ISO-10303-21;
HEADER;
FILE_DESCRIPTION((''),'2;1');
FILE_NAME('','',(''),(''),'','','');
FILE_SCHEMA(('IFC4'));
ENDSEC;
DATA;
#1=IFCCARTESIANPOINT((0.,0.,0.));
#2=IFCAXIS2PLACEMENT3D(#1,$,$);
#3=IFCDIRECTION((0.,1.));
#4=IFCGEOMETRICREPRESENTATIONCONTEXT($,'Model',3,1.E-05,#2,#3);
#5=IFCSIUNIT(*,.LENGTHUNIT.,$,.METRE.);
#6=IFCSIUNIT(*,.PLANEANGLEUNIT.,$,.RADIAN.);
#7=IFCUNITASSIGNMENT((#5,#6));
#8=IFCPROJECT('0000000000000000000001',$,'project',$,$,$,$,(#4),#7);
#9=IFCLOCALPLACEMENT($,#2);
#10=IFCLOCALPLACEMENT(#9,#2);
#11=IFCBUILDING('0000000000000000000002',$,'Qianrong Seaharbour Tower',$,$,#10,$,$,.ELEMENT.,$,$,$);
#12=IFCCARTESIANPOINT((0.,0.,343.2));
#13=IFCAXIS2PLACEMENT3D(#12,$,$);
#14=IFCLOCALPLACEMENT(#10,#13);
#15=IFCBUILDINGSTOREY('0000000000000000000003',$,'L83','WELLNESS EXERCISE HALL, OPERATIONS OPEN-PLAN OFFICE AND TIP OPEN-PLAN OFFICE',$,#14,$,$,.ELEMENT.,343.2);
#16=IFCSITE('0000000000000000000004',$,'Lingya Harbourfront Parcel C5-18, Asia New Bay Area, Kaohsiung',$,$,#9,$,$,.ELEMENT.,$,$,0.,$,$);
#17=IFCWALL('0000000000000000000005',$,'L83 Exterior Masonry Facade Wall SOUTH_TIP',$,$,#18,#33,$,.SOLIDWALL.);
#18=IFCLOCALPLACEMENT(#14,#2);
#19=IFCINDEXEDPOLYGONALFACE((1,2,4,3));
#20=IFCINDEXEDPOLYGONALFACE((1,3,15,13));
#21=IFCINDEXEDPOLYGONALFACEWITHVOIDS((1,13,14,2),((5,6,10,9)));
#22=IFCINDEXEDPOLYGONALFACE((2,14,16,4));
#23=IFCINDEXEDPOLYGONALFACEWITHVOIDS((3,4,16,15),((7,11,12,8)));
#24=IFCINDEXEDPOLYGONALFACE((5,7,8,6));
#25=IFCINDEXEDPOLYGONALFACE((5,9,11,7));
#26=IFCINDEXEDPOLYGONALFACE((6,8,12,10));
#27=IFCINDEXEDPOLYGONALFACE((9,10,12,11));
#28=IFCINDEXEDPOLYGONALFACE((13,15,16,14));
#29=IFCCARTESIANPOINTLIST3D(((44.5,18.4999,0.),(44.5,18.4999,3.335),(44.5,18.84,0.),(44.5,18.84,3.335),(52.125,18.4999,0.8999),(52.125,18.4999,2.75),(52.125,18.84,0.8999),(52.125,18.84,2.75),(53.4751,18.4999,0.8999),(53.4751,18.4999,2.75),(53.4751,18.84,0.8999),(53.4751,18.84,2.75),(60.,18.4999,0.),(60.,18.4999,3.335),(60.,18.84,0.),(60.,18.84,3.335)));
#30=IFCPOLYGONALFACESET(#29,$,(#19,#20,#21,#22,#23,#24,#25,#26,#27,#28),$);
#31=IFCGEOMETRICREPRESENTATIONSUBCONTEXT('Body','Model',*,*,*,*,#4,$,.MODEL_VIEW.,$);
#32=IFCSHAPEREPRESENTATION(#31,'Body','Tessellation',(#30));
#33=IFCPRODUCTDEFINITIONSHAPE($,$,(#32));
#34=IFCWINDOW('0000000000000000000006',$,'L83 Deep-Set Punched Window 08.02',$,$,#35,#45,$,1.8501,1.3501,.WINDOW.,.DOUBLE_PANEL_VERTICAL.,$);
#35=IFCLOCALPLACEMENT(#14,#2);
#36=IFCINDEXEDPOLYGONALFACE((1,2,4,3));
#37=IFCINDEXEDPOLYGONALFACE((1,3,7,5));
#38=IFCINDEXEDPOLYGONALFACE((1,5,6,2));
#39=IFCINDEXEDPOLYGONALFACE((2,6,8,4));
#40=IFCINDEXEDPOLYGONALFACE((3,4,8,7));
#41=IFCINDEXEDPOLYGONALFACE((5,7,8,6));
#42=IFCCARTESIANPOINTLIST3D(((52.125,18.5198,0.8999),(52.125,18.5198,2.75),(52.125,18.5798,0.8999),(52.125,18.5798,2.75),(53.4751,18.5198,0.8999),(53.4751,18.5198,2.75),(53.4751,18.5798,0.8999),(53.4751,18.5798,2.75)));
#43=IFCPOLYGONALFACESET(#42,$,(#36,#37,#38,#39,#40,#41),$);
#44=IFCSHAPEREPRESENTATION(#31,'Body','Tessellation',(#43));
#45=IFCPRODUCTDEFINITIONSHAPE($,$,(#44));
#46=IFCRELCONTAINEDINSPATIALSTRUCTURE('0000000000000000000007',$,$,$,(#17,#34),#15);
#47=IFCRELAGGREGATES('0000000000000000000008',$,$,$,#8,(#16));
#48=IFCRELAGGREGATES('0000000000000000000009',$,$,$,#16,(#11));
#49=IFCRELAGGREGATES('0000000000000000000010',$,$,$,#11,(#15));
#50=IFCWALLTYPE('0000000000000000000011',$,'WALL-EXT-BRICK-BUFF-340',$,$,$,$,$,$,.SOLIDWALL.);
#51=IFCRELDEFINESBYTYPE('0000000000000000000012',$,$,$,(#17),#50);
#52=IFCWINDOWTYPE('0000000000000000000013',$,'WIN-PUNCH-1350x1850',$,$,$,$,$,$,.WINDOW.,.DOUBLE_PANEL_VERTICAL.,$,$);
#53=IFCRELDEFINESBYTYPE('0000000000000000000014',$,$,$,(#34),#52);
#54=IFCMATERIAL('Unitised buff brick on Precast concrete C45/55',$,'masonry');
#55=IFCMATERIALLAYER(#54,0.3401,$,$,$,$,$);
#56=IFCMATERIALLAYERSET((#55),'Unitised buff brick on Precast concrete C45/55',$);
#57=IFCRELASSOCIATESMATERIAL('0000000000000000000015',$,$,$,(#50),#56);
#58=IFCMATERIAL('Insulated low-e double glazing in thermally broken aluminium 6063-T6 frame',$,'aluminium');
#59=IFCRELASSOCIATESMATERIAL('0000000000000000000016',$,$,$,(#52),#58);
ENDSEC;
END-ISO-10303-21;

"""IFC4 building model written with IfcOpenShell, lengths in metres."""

from ifc_helpers import new_model, si_unit, direction, frame, frame_2d, origin, place, context, subcontext, project, spatial, rectangle, extrude, material, layer, layer_set, type_object, element, fill, save


model = new_model("IFC4")

# Units and contexts
model_context = context("Model", 3, precision=1e-05, world=origin(), true_north=direction((0.0, 1.0)))
body_context = subcontext(model_context, "Body", "Model", "MODEL_VIEW")
ifc_project = project(units=[si_unit("LENGTHUNIT", "METRE"), si_unit("PLANEANGLEUNIT", "RADIAN")], contexts=[model_context])

# Site, building, storey
site_placement = place(None, origin())
site = spatial("IfcSite", under=ifc_project, at=site_placement, Name="Lingya Harbourfront Parcel C5-18, Asia New Bay Area, Kaohsiung", CompositionType="ELEMENT", RefElevation=0.0)
building_placement = place(site_placement, origin())
building = spatial("IfcBuilding", under=site, at=building_placement, Name="Qianrong Seaharbour Tower", CompositionType="ELEMENT")
storey_placement = place(building_placement, frame((0.0, 0.0, 343.2)))
storey = spatial("IfcBuildingStorey", under=building, at=storey_placement, Name="L83", Description="WELLNESS EXERCISE HALL, OPERATIONS OPEN-PLAN OFFICE AND TIP OPEN-PLAN OFFICE", CompositionType="ELEMENT", Elevation=343.2)

# Shared definitions
ifc_material_1 = material(Name="Unitised buff brick on Precast concrete C45/55", Category="masonry")
ifc_layer_1 = layer(ifc_material_1, 0.3401)
ifc_layer_set_1 = layer_set([ifc_layer_1], Name="Unitised buff brick on Precast concrete C45/55")
wall_type_1 = type_object("IfcWallType", Name="WALL-EXT-BRICK-BUFF-340", PredefinedType="SOLIDWALL", material=ifc_layer_set_1)
ifc_material_2 = material(Name="Insulated low-e double glazing in thermally broken aluminium 6063-T6 frame", Category="aluminium")
window_type = type_object("IfcWindowType", Name="WIN-PUNCH-1350x1850", PartitioningType="DOUBLE_PANEL_VERTICAL", PredefinedType="WINDOW", material=ifc_material_2)

# Wall, opening, window
wall_1_placement = place(storey_placement, frame((60.0, 18.6699, 0.0), z_axis=(0.0, 0.0, 1.0), x_axis=(-1.0, 0.0, 0.0)))
wall_1 = element("IfcWall", 1, at=wall_1_placement, inside=storey, type_object=wall_type_1, Name="L83 Exterior Masonry Facade Wall SOUTH_TIP", PredefinedType="SOLIDWALL", context=body_context, shape_type="SweptSolid", body=[
    extrude(rectangle(XDim=15.5, YDim=0.3401, at=frame_2d((7.75, 0.0))), origin(), (0.0, 0.0, 1.0), 3.335),
])
opening_1_placement = place(wall_1_placement, frame((6.5249, 0.0, 0.8999)))
opening_1 = element("IfcOpeningElement", 2, at=opening_1_placement, cuts=wall_1, PredefinedType="OPENING", context=body_context, shape_type="SweptSolid", body=[
    extrude(rectangle(XDim=1.3501, YDim=1.8501, at=frame_2d((0.675, 0.925))), frame((0.0, 0.1802, 0.0), z_axis=(0.0, -1.0, 0.0), x_axis=(1.0, 0.0, 0.0)), (0.0, 0.0, 1.0), 0.3601),
])
window_1_placement = place(opening_1_placement, origin())
window_1 = element("IfcWindow", 3, at=window_1_placement, inside=storey, type_object=window_type, Name="L83 Deep-Set Punched Window 08.02", OverallHeight=1.8501, OverallWidth=1.3501, PartitioningType="DOUBLE_PANEL_VERTICAL", PredefinedType="WINDOW", context=body_context, shape_type="SweptSolid", body=[
    extrude(rectangle(XDim=1.3501, YDim=1.8501, at=frame_2d((0.675, 0.925))), frame((0.0, 0.1501, 0.0), z_axis=(0.0, -1.0, 0.0), x_axis=(1.0, 0.0, 0.0)), (0.0, 0.0, 1.0), 0.0601),
])
fill(opening_1, window_1)

save(model, "model.ifc")
